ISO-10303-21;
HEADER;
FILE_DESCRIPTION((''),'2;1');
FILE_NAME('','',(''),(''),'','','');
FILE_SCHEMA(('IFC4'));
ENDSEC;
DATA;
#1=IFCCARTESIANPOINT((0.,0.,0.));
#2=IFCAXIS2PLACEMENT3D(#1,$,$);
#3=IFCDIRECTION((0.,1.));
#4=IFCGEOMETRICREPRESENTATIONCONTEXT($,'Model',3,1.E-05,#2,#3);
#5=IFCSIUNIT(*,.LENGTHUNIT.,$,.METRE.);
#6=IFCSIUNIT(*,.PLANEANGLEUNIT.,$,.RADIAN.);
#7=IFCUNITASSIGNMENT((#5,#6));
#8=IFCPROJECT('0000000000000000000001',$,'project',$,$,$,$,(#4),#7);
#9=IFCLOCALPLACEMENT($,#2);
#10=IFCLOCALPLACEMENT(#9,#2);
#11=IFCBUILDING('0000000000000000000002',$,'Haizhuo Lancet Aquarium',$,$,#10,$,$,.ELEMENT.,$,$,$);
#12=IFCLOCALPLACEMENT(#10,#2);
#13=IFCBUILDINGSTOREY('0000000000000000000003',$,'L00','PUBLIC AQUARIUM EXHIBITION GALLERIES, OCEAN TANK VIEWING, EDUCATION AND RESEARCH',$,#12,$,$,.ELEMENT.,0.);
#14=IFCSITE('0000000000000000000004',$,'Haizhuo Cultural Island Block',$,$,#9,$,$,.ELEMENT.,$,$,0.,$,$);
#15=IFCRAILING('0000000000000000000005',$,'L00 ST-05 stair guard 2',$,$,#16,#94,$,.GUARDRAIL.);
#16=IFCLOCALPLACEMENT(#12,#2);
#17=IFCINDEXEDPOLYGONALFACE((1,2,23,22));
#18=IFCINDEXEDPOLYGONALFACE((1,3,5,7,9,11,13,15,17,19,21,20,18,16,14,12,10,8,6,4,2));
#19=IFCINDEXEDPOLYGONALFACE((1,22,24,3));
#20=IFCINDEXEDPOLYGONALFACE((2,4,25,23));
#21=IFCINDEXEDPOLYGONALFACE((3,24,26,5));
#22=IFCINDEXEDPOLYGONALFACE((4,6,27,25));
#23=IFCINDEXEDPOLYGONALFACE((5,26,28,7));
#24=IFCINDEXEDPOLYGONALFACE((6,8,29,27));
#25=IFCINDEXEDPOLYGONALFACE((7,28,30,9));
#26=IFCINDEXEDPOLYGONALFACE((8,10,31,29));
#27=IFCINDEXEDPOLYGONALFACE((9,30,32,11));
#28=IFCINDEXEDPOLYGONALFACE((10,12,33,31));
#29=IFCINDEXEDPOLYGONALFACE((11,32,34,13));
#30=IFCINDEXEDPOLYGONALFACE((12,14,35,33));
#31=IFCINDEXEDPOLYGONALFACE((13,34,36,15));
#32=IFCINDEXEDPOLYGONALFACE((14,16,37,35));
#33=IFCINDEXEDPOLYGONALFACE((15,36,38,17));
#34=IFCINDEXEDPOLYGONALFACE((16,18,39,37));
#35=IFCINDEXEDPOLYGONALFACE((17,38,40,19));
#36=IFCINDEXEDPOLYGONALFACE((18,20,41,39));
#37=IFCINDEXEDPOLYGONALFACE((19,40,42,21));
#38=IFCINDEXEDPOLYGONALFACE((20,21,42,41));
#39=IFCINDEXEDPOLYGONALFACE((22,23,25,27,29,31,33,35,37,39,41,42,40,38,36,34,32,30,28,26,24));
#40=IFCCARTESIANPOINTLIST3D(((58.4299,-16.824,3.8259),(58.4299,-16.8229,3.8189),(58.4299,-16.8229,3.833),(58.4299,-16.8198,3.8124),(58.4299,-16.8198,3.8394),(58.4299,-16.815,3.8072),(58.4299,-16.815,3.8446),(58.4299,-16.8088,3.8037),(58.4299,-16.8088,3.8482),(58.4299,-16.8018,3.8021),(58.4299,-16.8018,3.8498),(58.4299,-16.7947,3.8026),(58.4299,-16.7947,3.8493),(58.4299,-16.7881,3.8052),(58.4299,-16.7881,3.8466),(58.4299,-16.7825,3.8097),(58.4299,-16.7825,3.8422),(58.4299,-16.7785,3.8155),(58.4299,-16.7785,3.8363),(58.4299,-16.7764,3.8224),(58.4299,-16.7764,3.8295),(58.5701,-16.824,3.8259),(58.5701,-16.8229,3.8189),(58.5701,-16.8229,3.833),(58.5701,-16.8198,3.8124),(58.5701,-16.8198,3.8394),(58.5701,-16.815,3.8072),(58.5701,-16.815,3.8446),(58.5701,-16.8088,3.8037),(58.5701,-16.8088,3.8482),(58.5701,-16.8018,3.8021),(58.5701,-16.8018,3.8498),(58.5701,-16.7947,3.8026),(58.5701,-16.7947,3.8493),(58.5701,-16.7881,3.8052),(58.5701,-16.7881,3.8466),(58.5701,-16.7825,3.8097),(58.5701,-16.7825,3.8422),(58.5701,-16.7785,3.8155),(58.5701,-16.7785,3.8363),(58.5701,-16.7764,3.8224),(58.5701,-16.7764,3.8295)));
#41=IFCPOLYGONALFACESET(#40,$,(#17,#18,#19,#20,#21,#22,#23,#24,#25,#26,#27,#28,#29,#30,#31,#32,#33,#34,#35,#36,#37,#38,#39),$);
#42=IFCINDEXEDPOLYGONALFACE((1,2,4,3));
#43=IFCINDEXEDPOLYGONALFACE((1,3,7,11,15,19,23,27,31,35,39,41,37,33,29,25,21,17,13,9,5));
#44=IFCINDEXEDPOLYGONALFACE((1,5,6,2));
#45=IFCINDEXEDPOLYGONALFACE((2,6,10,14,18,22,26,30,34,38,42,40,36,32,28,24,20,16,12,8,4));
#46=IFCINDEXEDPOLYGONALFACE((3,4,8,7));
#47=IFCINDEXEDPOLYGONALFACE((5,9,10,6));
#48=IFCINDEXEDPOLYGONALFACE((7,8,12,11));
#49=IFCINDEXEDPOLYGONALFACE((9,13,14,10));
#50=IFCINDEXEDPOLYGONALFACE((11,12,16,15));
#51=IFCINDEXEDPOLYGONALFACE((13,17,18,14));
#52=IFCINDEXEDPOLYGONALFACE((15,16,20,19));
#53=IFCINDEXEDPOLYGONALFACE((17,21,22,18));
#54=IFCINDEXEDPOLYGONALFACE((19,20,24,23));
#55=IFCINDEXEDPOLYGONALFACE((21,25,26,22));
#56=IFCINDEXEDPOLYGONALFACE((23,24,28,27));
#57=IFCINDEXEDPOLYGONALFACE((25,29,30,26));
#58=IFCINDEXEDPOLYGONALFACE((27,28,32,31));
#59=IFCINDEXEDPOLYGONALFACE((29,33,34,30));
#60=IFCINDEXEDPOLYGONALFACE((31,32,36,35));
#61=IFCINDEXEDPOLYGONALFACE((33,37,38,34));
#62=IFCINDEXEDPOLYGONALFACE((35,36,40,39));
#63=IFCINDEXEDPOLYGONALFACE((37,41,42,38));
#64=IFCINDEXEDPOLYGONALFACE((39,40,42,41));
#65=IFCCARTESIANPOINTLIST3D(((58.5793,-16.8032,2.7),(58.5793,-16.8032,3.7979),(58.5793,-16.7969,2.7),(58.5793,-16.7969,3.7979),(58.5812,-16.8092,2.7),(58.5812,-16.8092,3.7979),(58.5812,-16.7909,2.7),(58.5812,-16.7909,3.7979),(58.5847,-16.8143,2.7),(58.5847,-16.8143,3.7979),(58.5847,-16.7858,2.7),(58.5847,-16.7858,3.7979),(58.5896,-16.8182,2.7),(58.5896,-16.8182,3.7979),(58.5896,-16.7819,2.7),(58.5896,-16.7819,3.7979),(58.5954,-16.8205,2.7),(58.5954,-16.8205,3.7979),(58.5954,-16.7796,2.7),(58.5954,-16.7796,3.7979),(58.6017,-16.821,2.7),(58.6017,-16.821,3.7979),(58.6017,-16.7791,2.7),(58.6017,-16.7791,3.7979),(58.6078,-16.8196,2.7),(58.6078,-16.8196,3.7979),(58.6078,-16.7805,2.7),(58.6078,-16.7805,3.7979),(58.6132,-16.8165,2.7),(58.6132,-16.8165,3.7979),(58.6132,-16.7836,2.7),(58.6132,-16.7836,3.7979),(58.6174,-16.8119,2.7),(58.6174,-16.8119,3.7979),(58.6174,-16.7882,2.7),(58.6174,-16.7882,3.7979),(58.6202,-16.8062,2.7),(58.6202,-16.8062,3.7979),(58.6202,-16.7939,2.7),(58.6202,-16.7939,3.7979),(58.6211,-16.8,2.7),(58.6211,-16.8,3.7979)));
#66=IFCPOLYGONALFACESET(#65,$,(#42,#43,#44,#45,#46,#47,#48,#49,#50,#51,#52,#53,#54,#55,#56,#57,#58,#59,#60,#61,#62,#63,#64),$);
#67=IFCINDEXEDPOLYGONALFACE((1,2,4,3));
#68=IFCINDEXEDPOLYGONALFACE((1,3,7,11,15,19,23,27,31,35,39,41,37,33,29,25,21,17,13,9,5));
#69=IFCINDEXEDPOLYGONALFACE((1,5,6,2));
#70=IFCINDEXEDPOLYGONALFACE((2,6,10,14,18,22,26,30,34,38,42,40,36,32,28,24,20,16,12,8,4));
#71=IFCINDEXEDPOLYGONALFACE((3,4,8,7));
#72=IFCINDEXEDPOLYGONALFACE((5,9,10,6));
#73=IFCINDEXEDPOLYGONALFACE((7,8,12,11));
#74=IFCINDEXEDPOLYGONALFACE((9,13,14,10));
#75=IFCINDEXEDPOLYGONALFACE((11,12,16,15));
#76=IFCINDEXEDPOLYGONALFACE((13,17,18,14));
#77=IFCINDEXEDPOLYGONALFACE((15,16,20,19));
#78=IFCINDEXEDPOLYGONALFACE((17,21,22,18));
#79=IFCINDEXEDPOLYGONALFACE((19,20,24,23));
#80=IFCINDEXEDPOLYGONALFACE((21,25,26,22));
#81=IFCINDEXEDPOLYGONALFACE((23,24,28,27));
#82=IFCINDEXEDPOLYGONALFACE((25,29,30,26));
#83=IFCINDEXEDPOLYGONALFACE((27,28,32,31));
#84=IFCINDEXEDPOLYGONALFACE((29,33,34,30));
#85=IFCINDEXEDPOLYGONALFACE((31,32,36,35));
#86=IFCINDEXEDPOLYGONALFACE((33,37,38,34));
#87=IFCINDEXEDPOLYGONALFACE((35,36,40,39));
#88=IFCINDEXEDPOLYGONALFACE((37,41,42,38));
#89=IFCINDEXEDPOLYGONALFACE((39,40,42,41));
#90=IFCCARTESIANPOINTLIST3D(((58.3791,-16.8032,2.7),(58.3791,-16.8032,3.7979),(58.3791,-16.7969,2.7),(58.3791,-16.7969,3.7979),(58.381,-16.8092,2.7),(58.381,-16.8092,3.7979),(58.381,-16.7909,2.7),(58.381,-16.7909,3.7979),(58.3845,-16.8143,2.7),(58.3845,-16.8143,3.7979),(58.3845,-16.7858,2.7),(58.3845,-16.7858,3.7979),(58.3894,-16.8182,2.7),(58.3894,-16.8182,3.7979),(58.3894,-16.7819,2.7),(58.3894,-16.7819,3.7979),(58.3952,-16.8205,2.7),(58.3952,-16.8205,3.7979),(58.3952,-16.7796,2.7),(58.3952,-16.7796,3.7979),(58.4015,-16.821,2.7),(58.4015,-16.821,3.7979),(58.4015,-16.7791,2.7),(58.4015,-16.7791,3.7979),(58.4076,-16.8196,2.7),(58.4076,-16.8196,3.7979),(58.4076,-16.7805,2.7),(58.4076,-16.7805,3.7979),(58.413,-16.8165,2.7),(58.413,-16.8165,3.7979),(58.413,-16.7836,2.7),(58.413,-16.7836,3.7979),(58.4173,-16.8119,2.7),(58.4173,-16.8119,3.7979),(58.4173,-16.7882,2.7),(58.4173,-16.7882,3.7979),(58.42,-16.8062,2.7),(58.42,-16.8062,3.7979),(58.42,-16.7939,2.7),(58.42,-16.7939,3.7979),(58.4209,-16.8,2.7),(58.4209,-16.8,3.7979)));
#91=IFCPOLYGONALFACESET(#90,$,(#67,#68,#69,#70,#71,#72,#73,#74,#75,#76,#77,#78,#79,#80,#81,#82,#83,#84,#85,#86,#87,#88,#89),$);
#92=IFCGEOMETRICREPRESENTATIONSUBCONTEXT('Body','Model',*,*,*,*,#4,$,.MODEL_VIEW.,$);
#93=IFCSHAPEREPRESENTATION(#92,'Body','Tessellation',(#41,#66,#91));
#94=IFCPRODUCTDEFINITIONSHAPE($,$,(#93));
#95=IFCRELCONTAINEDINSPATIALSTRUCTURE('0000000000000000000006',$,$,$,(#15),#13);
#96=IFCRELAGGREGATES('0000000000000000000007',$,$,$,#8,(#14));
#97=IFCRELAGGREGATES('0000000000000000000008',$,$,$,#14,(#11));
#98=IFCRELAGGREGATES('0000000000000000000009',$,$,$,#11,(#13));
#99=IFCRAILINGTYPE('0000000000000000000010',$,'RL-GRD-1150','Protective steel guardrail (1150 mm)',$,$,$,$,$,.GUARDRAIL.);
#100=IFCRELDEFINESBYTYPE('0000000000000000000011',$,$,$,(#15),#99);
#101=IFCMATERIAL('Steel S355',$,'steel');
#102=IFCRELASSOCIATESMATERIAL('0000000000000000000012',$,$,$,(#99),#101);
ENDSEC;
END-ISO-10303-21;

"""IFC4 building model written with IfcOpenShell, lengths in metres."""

from ifc_helpers import new_model, si_unit, direction, frame, origin, origin_2d, place, context, subcontext, project, spatial, circle, extrude, material, type_object, element, save


model = new_model("IFC4")

# Units and contexts
model_context = context("Model", 3, precision=1e-05, world=origin(), true_north=direction((0.0, 1.0)))
body_context = subcontext(model_context, "Body", "Model", "MODEL_VIEW")
ifc_project = project(units=[si_unit("LENGTHUNIT", "METRE"), si_unit("PLANEANGLEUNIT", "RADIAN")], contexts=[model_context])

# Site, building, storey
site_placement = place(None, origin())
site = spatial("IfcSite", under=ifc_project, at=site_placement, Name="Haizhuo Cultural Island Block", CompositionType="ELEMENT", RefElevation=0.0)
building_placement = place(site_placement, origin())
building = spatial("IfcBuilding", under=site, at=building_placement, Name="Haizhuo Lancet Aquarium", CompositionType="ELEMENT")
storey_placement = place(building_placement, origin())
storey = spatial("IfcBuildingStorey", under=building, at=storey_placement, Name="L00", Description="PUBLIC AQUARIUM EXHIBITION GALLERIES, OCEAN TANK VIEWING, EDUCATION AND RESEARCH", CompositionType="ELEMENT", Elevation=0.0)

# Shared definitions
ifc_material_1 = material(Name="Steel S355", Category="steel")

# Railing
railing_type_1 = type_object("IfcRailingType", Name="RL-GRD-1150", Description="Protective steel guardrail (1150 mm)", PredefinedType="GUARDRAIL", material=ifc_material_1)
railing_1_placement = place(storey_placement, frame((58.6001, -16.8, 2.7)))
element("IfcRailing", 1, at=railing_1_placement, inside=storey, type_object=railing_type_1, Name="L00 ST-05 stair guard 2", PredefinedType="GUARDRAIL", context=body_context, shape_type="SweptSolid", body=[
    extrude(circle(Radius=0.0239, at=origin_2d()), frame((-0.03, 0.0, 1.126), z_axis=(-1.0, 0.0, 0.0), x_axis=(0.0, -1.0, 0.0)), (0.0, 0.0, 1.0), 0.1401),
    extrude(circle(Radius=0.021, at=origin_2d()), origin(), (0.0, 0.0, 1.0), 1.0979),
    extrude(circle(Radius=0.021, at=origin_2d()), frame((-0.2002, 0.0, 0.0)), (0.0, 0.0, 1.0), 1.0979),
])

save(model, "model.ifc")
